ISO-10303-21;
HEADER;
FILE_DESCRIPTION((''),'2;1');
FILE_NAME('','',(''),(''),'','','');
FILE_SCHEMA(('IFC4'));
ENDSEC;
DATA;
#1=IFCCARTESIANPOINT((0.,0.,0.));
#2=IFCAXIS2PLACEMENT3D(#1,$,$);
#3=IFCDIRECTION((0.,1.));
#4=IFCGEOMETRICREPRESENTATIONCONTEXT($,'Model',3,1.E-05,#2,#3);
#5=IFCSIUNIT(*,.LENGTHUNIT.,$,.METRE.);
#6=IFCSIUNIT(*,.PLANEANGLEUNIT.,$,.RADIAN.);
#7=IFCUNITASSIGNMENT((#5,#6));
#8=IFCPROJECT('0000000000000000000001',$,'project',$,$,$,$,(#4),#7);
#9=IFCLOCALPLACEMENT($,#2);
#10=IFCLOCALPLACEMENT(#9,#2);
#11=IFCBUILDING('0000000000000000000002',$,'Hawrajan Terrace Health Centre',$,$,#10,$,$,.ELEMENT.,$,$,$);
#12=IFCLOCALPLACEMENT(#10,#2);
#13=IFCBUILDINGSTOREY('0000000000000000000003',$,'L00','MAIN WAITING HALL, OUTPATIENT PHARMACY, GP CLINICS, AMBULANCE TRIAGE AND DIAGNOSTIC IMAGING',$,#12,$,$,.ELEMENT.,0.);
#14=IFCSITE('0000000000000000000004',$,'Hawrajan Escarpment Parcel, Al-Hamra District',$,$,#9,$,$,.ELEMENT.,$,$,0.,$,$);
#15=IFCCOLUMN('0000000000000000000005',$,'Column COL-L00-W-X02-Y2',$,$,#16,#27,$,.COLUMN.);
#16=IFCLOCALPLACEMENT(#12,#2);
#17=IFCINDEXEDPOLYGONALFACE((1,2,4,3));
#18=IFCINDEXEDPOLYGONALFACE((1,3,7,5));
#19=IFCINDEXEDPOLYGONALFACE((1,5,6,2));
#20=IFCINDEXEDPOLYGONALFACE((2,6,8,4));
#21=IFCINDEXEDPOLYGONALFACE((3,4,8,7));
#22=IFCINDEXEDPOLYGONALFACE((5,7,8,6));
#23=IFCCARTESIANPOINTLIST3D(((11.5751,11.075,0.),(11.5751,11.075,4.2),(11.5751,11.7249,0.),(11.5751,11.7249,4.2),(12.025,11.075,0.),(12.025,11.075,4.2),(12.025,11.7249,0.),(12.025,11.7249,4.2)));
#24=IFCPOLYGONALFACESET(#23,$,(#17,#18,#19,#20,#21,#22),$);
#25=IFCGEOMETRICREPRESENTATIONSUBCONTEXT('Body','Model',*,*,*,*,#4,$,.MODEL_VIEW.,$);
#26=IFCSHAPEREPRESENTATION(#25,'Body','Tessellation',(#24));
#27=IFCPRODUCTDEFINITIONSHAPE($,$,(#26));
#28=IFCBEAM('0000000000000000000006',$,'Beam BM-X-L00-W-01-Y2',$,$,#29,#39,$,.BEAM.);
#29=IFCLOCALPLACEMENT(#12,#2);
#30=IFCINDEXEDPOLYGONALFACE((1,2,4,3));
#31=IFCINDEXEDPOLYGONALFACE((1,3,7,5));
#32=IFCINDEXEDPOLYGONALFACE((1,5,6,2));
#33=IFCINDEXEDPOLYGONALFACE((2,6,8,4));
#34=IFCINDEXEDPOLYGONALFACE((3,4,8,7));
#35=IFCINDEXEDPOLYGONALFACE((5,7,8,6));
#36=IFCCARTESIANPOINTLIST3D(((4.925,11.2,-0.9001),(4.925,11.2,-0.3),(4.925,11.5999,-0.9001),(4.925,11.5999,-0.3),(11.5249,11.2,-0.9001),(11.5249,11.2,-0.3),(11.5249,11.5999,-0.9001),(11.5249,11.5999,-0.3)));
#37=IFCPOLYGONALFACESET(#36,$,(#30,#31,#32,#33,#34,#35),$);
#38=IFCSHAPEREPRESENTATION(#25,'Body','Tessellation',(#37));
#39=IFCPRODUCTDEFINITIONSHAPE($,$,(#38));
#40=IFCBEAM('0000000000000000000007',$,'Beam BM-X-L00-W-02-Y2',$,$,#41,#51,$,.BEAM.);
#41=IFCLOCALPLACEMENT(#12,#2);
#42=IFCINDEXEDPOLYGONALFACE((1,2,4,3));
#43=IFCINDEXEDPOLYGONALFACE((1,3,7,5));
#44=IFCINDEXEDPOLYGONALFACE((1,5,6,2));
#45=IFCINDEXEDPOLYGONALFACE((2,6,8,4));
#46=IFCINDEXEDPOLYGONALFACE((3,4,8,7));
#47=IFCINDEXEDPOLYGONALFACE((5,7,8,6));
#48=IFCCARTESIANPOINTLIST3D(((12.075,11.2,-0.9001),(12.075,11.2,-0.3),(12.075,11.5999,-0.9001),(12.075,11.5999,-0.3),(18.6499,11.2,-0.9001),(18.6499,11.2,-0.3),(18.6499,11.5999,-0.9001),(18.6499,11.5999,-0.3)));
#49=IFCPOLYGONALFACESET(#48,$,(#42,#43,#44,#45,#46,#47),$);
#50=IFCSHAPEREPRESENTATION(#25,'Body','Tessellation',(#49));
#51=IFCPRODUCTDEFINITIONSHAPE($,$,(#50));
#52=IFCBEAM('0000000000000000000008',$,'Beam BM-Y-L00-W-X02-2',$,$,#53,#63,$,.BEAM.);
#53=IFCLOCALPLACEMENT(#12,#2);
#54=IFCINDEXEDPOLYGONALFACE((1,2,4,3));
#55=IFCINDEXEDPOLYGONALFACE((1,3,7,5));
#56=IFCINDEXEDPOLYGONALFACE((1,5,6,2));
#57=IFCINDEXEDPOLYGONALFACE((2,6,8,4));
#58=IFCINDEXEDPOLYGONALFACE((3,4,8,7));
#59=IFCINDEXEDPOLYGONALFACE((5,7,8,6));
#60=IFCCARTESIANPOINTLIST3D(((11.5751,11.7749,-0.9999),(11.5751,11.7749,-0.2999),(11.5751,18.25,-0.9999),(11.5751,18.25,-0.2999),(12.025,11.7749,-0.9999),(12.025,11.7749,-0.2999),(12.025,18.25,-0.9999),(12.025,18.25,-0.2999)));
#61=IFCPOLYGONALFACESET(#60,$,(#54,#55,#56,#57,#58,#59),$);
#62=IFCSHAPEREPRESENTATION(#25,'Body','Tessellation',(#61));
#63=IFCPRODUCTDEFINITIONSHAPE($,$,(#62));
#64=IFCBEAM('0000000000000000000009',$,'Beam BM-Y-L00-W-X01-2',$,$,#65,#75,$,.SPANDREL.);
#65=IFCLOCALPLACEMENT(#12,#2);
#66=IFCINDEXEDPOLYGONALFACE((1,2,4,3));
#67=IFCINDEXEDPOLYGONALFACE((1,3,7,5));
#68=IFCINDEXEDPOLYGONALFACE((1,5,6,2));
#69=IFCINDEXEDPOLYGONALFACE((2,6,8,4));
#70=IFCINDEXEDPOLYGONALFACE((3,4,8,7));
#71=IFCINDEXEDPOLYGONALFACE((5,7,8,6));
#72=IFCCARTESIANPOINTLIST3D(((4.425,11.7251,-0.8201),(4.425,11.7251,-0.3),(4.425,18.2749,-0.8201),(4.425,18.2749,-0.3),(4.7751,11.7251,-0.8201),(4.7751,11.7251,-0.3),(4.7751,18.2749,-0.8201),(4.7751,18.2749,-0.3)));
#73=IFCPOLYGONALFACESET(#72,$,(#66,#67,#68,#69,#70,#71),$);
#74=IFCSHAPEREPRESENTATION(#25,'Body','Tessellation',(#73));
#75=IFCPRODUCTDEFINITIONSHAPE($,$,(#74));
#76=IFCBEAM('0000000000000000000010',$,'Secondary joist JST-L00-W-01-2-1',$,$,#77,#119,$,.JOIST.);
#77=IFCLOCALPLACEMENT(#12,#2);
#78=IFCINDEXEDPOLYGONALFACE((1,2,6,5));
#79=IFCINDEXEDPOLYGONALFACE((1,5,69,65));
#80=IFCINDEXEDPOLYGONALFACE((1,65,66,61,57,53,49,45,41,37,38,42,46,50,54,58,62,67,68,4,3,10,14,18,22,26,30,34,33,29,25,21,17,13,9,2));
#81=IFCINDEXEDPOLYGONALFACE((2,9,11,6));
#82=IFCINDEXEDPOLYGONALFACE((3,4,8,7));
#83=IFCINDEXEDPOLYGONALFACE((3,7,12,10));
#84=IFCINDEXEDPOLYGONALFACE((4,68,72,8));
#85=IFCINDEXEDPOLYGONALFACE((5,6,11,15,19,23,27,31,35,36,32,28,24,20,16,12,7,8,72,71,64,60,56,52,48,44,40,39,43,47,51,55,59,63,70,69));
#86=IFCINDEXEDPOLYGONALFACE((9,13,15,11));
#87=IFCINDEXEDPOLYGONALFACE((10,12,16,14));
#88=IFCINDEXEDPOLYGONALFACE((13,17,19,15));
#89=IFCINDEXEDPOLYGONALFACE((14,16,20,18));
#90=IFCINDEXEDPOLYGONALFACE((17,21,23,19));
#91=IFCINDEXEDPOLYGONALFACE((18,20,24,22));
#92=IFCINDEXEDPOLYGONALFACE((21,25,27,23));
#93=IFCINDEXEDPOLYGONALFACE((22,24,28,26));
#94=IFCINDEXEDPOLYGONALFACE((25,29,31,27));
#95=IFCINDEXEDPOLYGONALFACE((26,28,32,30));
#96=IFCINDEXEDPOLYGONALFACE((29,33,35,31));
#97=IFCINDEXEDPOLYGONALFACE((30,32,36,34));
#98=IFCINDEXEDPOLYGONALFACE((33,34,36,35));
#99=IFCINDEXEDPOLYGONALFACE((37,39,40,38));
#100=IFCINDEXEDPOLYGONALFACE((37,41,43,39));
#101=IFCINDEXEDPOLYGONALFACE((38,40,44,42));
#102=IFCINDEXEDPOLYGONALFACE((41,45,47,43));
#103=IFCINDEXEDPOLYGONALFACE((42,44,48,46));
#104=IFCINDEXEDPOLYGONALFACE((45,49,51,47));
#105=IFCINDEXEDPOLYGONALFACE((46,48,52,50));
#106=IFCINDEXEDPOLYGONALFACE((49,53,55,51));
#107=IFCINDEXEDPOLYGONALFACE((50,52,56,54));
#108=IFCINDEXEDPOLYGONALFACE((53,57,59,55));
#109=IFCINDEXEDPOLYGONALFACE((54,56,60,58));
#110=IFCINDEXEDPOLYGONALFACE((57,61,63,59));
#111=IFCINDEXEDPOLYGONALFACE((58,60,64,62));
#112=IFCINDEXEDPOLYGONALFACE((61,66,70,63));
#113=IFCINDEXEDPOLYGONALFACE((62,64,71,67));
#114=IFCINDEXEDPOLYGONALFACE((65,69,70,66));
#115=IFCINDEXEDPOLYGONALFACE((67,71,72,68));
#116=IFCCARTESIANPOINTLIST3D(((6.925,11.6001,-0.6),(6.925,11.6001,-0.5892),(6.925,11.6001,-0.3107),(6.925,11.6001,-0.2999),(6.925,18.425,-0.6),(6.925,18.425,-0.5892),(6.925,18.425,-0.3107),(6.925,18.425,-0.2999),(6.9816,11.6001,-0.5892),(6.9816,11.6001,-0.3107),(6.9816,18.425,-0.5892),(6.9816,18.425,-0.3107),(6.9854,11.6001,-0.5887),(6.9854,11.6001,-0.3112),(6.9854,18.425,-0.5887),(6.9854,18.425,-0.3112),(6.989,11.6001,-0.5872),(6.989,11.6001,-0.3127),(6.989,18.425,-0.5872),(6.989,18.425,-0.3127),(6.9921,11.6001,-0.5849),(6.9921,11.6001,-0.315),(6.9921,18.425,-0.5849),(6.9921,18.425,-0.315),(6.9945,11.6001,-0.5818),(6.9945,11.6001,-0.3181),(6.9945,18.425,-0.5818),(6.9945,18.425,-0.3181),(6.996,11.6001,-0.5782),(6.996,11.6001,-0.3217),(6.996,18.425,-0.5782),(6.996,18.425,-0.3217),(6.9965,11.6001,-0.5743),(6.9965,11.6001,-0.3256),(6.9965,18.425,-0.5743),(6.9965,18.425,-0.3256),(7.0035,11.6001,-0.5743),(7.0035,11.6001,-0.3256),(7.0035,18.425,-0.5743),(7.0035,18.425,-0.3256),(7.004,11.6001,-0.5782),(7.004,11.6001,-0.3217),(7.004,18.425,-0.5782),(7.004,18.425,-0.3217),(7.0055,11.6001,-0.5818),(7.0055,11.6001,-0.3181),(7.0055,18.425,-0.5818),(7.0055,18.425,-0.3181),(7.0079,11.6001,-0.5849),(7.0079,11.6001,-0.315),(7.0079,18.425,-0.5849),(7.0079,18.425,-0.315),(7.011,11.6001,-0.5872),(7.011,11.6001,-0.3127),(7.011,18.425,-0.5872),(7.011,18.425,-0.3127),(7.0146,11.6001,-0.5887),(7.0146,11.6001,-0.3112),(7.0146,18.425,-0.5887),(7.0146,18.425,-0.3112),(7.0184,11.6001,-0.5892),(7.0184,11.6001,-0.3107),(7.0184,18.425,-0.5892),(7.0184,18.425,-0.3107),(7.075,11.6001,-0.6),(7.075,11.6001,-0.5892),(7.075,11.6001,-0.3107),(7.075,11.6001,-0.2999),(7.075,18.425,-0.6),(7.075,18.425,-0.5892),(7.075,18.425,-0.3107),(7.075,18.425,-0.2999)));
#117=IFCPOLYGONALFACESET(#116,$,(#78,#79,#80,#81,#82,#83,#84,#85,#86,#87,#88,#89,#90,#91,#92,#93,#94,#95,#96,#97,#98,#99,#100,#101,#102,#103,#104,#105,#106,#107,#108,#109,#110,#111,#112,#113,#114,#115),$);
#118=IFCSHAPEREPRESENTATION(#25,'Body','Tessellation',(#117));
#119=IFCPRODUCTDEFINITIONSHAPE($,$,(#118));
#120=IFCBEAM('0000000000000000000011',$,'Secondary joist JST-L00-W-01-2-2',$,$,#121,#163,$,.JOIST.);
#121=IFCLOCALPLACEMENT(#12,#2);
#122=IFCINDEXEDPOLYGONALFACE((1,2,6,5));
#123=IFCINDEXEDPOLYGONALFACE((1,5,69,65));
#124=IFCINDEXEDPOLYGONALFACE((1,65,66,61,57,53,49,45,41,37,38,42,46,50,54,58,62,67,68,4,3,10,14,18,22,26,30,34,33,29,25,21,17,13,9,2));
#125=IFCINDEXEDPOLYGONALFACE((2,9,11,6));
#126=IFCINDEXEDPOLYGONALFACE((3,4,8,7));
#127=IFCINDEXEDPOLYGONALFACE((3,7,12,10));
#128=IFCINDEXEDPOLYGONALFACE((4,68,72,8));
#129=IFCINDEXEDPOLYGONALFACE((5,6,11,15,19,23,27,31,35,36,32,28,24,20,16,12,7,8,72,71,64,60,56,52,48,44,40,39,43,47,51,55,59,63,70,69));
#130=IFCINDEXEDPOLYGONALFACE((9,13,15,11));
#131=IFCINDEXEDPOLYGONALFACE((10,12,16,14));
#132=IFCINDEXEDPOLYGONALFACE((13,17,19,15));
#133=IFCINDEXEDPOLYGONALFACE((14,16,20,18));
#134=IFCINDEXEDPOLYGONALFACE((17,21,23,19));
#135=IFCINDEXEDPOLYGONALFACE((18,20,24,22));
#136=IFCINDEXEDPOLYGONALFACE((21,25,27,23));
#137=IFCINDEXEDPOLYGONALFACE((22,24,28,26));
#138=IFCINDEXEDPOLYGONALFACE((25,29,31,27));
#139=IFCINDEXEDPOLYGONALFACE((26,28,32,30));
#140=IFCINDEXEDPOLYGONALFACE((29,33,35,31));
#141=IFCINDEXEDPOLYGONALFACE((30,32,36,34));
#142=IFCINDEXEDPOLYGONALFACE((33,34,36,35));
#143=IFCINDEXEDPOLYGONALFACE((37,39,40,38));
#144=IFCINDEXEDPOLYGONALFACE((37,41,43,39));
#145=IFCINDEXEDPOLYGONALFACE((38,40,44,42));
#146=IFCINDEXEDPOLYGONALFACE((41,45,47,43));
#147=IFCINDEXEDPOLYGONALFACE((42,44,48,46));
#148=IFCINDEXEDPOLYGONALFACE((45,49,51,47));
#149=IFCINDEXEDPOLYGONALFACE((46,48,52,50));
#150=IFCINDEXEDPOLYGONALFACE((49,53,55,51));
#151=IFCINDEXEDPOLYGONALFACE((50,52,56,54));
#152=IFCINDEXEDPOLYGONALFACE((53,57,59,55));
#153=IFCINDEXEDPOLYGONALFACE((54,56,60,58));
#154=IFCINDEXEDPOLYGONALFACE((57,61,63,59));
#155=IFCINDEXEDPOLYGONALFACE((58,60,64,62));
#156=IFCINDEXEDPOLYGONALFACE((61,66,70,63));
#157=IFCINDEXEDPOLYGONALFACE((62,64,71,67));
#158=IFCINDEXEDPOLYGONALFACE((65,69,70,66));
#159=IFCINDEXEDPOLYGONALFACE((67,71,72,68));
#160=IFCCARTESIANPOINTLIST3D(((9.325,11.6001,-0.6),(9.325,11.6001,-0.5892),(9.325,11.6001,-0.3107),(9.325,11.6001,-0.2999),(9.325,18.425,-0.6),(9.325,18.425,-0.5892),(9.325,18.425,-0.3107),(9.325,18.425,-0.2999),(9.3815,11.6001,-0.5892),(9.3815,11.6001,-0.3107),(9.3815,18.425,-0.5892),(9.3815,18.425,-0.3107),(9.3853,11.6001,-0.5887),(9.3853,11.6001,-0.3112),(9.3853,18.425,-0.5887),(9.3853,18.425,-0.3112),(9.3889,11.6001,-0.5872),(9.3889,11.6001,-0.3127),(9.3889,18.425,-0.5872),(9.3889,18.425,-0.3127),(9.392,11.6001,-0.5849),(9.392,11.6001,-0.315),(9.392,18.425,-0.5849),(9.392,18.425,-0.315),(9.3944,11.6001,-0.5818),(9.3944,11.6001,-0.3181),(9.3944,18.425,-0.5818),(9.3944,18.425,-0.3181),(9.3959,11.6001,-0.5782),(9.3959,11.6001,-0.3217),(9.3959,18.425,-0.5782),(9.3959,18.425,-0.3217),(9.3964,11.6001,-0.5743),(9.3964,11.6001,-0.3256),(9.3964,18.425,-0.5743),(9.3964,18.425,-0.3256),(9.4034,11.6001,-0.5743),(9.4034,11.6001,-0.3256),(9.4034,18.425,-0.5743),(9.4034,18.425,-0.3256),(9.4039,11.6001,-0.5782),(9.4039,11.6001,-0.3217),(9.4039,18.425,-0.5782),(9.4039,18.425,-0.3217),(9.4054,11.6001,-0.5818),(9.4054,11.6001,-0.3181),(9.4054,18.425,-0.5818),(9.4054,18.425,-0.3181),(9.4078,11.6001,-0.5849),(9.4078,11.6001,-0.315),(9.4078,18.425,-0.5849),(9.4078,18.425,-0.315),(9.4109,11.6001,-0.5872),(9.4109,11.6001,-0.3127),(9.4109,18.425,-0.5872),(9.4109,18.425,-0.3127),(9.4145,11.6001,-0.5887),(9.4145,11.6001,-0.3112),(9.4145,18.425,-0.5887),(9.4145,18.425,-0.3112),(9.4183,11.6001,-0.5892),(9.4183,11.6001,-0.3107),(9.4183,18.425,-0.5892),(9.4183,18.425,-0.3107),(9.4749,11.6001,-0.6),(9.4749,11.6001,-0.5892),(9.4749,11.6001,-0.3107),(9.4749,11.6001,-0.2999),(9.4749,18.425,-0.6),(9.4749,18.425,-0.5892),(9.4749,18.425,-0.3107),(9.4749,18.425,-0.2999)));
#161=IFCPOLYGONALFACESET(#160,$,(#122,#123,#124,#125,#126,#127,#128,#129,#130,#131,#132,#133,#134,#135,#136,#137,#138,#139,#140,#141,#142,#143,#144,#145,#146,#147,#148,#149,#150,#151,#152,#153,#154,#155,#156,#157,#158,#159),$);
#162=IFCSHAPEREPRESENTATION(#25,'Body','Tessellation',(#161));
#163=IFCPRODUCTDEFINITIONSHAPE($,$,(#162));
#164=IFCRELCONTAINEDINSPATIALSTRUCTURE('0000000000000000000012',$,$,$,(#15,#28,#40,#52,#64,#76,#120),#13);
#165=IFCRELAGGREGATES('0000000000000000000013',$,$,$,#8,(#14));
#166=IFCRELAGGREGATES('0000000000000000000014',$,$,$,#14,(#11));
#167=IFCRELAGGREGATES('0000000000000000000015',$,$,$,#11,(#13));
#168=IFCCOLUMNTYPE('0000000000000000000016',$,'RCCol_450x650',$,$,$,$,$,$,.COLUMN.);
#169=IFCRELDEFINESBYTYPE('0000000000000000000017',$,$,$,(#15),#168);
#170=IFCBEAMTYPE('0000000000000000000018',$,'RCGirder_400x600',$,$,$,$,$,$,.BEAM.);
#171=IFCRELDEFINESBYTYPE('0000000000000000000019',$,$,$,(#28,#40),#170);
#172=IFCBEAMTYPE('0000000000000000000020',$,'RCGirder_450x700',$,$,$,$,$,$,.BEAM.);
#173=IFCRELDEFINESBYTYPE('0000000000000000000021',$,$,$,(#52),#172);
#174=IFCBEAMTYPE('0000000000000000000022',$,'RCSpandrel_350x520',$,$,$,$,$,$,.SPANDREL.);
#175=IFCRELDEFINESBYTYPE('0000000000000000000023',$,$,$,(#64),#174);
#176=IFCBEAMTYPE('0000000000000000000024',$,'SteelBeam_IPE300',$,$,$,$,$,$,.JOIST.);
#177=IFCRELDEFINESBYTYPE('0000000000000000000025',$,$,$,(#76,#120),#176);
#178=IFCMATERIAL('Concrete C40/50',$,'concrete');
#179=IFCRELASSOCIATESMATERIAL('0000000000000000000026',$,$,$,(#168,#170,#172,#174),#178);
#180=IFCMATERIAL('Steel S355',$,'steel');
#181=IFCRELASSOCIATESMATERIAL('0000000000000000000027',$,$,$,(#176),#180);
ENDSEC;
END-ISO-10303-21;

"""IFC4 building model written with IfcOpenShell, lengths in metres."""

from ifc_helpers import new_model, si_unit, direction, frame, origin, origin_2d, place, context, subcontext, project, spatial, rectangle, i_section, extrude, material, material_profile, profile_set, type_object, element, save


model = new_model("IFC4")

# Units and contexts
model_context = context("Model", 3, precision=1e-05, world=origin(), true_north=direction((0.0, 1.0)))
body_context = subcontext(model_context, "Body", "Model", "MODEL_VIEW")
ifc_project = project(units=[si_unit("LENGTHUNIT", "METRE"), si_unit("PLANEANGLEUNIT", "RADIAN")], contexts=[model_context])

# Site, building, storey
site_placement = place(None, origin())
site = spatial("IfcSite", under=ifc_project, at=site_placement, Name="Hawrajan Escarpment Parcel, Al-Hamra District", CompositionType="ELEMENT", RefElevation=0.0)
building_placement = place(site_placement, origin())
building = spatial("IfcBuilding", under=site, at=building_placement, Name="Hawrajan Terrace Health Centre", CompositionType="ELEMENT")
storey_placement = place(building_placement, origin())
storey = spatial("IfcBuildingStorey", under=building, at=storey_placement, Name="L00", Description="MAIN WAITING HALL, OUTPATIENT PHARMACY, GP CLINICS, AMBULANCE TRIAGE AND DIAGNOSTIC IMAGING", CompositionType="ELEMENT", Elevation=0.0)

# Column
ifc_material_1 = material(Name="Concrete C40/50", Category="concrete")
ifc_material_profile_1 = material_profile(ifc_material_1, rectangle(XDim=0.45, YDim=0.6499, at=origin_2d()), Name="RC 450x650")
ifc_profile_set_1 = profile_set([ifc_material_profile_1], Name="Concrete C40/50")
column_type = type_object("IfcColumnType", Name="RCCol_450x650", PredefinedType="COLUMN", material=ifc_profile_set_1)
column_placement = place(storey_placement, frame((11.8, 11.3999, 0.0), z_axis=(0.0, 0.0, 1.0), x_axis=(1.0, 0.0, 0.0)))
element("IfcColumn", 1, at=column_placement, inside=storey, type_object=column_type, Name="Column COL-L00-W-X02-Y2", PredefinedType="COLUMN", context=body_context, shape_type="SweptSolid", body=[
    extrude(rectangle(XDim=0.45, YDim=0.6499, at=origin_2d()), origin(), (0.0, 0.0, 1.0), 4.2),
])

# Beams
ifc_material_profile_2 = material_profile(ifc_material_1, rectangle(XDim=0.3999, YDim=0.6001, at=origin_2d()), Name="RC BM 400x600")
ifc_profile_set_2 = profile_set([ifc_material_profile_2], Name="Concrete C40/50")
beam_type_1 = type_object("IfcBeamType", Name="RCGirder_400x600", PredefinedType="BEAM", material=ifc_profile_set_2)
beam_1_placement = place(storey_placement, frame((4.925, 11.3999, -0.6001), z_axis=(1.0, 0.0, 0.0), x_axis=(0.0, 1.0, 0.0)))
element("IfcBeam", 2, at=beam_1_placement, inside=storey, type_object=beam_type_1, Name="Beam BM-X-L00-W-01-Y2", PredefinedType="BEAM", context=body_context, shape_type="SweptSolid", body=[
    extrude(rectangle(XDim=0.3999, YDim=0.6001, at=origin_2d()), origin(), (0.0, 0.0, 1.0), 6.5999),
])
beam_2_placement = place(storey_placement, frame((12.075, 11.3999, -0.6001), z_axis=(1.0, 0.0, 0.0), x_axis=(0.0, 1.0, 0.0)))
element("IfcBeam", 3, at=beam_2_placement, inside=storey, type_object=beam_type_1, Name="Beam BM-X-L00-W-02-Y2", PredefinedType="BEAM", context=body_context, shape_type="SweptSolid", body=[
    extrude(rectangle(XDim=0.3999, YDim=0.6001, at=origin_2d()), origin(), (0.0, 0.0, 1.0), 6.575),
])
ifc_material_profile_3 = material_profile(ifc_material_1, rectangle(XDim=0.45, YDim=0.7, at=origin_2d()), Name="RC BM 450x700")
ifc_profile_set_3 = profile_set([ifc_material_profile_3], Name="Concrete C40/50")
beam_type_2 = type_object("IfcBeamType", Name="RCGirder_450x700", PredefinedType="BEAM", material=ifc_profile_set_3)
beam_3_placement = place(storey_placement, frame((11.8, 11.7749, -0.6499), z_axis=(0.0, 1.0, 0.0), x_axis=(-1.0, 0.0, 0.0)))
element("IfcBeam", 4, at=beam_3_placement, inside=storey, type_object=beam_type_2, Name="Beam BM-Y-L00-W-X02-2", PredefinedType="BEAM", context=body_context, shape_type="SweptSolid", body=[
    extrude(rectangle(XDim=0.45, YDim=0.7, at=origin_2d()), origin(), (0.0, 0.0, 1.0), 6.4751),
])
ifc_material_profile_4 = material_profile(ifc_material_1, rectangle(XDim=0.3501, YDim=0.52, at=origin_2d()), Name="RC SP 350x520")
ifc_profile_set_4 = profile_set([ifc_material_profile_4], Name="Concrete C40/50")
beam_type_3 = type_object("IfcBeamType", Name="RCSpandrel_350x520", PredefinedType="SPANDREL", material=ifc_profile_set_4)
beam_4_placement = place(storey_placement, frame((4.6001, 11.7251, -0.5601), z_axis=(0.0, 1.0, 0.0), x_axis=(-1.0, 0.0, 0.0)))
element("IfcBeam", 5, at=beam_4_placement, inside=storey, type_object=beam_type_3, Name="Beam BM-Y-L00-W-X01-2", PredefinedType="SPANDREL", context=body_context, shape_type="SweptSolid", body=[
    extrude(rectangle(XDim=0.3501, YDim=0.52, at=origin_2d()), origin(), (0.0, 0.0, 1.0), 6.5498),
])
ifc_material_2 = material(Name="Steel S355", Category="steel")
ifc_material_profile_5 = material_profile(ifc_material_2, i_section(OverallWidth=0.1499, OverallDepth=0.3, WebThickness=0.0071, FlangeThickness=0.0107, FilletRadius=0.0149, at=origin_2d()), Name="IPE 300")
ifc_profile_set_5 = profile_set([ifc_material_profile_5], Name="Steel S355")
beam_type_4 = type_object("IfcBeamType", Name="SteelBeam_IPE300", PredefinedType="JOIST", material=ifc_profile_set_5)
for number, where, z_axis, x_axis, name in (
    (6, (7.0, 11.6001, -0.45), (0.0, 1.0, 0.0), (-1.0, 0.0, 0.0), "Secondary joist JST-L00-W-01-2-1"),
    (7, (9.3999, 11.6001, -0.45), (0.0, 1.0, 0.0), (-1.0, 0.0, 0.0), "Secondary joist JST-L00-W-01-2-2"),
):
    element("IfcBeam", number, at=place(storey_placement, frame(where, z_axis=z_axis, x_axis=x_axis)), inside=storey, type_object=beam_type_4, Name=name, PredefinedType="JOIST", context=body_context, shape_type="SweptSolid", body=[
        extrude(i_section(OverallWidth=0.1499, OverallDepth=0.3, WebThickness=0.0071, FlangeThickness=0.0107, FilletRadius=0.0149, at=origin_2d()), origin(), (0.0, 0.0, 1.0), 6.825),
    ])

save(model, "model.ifc")
